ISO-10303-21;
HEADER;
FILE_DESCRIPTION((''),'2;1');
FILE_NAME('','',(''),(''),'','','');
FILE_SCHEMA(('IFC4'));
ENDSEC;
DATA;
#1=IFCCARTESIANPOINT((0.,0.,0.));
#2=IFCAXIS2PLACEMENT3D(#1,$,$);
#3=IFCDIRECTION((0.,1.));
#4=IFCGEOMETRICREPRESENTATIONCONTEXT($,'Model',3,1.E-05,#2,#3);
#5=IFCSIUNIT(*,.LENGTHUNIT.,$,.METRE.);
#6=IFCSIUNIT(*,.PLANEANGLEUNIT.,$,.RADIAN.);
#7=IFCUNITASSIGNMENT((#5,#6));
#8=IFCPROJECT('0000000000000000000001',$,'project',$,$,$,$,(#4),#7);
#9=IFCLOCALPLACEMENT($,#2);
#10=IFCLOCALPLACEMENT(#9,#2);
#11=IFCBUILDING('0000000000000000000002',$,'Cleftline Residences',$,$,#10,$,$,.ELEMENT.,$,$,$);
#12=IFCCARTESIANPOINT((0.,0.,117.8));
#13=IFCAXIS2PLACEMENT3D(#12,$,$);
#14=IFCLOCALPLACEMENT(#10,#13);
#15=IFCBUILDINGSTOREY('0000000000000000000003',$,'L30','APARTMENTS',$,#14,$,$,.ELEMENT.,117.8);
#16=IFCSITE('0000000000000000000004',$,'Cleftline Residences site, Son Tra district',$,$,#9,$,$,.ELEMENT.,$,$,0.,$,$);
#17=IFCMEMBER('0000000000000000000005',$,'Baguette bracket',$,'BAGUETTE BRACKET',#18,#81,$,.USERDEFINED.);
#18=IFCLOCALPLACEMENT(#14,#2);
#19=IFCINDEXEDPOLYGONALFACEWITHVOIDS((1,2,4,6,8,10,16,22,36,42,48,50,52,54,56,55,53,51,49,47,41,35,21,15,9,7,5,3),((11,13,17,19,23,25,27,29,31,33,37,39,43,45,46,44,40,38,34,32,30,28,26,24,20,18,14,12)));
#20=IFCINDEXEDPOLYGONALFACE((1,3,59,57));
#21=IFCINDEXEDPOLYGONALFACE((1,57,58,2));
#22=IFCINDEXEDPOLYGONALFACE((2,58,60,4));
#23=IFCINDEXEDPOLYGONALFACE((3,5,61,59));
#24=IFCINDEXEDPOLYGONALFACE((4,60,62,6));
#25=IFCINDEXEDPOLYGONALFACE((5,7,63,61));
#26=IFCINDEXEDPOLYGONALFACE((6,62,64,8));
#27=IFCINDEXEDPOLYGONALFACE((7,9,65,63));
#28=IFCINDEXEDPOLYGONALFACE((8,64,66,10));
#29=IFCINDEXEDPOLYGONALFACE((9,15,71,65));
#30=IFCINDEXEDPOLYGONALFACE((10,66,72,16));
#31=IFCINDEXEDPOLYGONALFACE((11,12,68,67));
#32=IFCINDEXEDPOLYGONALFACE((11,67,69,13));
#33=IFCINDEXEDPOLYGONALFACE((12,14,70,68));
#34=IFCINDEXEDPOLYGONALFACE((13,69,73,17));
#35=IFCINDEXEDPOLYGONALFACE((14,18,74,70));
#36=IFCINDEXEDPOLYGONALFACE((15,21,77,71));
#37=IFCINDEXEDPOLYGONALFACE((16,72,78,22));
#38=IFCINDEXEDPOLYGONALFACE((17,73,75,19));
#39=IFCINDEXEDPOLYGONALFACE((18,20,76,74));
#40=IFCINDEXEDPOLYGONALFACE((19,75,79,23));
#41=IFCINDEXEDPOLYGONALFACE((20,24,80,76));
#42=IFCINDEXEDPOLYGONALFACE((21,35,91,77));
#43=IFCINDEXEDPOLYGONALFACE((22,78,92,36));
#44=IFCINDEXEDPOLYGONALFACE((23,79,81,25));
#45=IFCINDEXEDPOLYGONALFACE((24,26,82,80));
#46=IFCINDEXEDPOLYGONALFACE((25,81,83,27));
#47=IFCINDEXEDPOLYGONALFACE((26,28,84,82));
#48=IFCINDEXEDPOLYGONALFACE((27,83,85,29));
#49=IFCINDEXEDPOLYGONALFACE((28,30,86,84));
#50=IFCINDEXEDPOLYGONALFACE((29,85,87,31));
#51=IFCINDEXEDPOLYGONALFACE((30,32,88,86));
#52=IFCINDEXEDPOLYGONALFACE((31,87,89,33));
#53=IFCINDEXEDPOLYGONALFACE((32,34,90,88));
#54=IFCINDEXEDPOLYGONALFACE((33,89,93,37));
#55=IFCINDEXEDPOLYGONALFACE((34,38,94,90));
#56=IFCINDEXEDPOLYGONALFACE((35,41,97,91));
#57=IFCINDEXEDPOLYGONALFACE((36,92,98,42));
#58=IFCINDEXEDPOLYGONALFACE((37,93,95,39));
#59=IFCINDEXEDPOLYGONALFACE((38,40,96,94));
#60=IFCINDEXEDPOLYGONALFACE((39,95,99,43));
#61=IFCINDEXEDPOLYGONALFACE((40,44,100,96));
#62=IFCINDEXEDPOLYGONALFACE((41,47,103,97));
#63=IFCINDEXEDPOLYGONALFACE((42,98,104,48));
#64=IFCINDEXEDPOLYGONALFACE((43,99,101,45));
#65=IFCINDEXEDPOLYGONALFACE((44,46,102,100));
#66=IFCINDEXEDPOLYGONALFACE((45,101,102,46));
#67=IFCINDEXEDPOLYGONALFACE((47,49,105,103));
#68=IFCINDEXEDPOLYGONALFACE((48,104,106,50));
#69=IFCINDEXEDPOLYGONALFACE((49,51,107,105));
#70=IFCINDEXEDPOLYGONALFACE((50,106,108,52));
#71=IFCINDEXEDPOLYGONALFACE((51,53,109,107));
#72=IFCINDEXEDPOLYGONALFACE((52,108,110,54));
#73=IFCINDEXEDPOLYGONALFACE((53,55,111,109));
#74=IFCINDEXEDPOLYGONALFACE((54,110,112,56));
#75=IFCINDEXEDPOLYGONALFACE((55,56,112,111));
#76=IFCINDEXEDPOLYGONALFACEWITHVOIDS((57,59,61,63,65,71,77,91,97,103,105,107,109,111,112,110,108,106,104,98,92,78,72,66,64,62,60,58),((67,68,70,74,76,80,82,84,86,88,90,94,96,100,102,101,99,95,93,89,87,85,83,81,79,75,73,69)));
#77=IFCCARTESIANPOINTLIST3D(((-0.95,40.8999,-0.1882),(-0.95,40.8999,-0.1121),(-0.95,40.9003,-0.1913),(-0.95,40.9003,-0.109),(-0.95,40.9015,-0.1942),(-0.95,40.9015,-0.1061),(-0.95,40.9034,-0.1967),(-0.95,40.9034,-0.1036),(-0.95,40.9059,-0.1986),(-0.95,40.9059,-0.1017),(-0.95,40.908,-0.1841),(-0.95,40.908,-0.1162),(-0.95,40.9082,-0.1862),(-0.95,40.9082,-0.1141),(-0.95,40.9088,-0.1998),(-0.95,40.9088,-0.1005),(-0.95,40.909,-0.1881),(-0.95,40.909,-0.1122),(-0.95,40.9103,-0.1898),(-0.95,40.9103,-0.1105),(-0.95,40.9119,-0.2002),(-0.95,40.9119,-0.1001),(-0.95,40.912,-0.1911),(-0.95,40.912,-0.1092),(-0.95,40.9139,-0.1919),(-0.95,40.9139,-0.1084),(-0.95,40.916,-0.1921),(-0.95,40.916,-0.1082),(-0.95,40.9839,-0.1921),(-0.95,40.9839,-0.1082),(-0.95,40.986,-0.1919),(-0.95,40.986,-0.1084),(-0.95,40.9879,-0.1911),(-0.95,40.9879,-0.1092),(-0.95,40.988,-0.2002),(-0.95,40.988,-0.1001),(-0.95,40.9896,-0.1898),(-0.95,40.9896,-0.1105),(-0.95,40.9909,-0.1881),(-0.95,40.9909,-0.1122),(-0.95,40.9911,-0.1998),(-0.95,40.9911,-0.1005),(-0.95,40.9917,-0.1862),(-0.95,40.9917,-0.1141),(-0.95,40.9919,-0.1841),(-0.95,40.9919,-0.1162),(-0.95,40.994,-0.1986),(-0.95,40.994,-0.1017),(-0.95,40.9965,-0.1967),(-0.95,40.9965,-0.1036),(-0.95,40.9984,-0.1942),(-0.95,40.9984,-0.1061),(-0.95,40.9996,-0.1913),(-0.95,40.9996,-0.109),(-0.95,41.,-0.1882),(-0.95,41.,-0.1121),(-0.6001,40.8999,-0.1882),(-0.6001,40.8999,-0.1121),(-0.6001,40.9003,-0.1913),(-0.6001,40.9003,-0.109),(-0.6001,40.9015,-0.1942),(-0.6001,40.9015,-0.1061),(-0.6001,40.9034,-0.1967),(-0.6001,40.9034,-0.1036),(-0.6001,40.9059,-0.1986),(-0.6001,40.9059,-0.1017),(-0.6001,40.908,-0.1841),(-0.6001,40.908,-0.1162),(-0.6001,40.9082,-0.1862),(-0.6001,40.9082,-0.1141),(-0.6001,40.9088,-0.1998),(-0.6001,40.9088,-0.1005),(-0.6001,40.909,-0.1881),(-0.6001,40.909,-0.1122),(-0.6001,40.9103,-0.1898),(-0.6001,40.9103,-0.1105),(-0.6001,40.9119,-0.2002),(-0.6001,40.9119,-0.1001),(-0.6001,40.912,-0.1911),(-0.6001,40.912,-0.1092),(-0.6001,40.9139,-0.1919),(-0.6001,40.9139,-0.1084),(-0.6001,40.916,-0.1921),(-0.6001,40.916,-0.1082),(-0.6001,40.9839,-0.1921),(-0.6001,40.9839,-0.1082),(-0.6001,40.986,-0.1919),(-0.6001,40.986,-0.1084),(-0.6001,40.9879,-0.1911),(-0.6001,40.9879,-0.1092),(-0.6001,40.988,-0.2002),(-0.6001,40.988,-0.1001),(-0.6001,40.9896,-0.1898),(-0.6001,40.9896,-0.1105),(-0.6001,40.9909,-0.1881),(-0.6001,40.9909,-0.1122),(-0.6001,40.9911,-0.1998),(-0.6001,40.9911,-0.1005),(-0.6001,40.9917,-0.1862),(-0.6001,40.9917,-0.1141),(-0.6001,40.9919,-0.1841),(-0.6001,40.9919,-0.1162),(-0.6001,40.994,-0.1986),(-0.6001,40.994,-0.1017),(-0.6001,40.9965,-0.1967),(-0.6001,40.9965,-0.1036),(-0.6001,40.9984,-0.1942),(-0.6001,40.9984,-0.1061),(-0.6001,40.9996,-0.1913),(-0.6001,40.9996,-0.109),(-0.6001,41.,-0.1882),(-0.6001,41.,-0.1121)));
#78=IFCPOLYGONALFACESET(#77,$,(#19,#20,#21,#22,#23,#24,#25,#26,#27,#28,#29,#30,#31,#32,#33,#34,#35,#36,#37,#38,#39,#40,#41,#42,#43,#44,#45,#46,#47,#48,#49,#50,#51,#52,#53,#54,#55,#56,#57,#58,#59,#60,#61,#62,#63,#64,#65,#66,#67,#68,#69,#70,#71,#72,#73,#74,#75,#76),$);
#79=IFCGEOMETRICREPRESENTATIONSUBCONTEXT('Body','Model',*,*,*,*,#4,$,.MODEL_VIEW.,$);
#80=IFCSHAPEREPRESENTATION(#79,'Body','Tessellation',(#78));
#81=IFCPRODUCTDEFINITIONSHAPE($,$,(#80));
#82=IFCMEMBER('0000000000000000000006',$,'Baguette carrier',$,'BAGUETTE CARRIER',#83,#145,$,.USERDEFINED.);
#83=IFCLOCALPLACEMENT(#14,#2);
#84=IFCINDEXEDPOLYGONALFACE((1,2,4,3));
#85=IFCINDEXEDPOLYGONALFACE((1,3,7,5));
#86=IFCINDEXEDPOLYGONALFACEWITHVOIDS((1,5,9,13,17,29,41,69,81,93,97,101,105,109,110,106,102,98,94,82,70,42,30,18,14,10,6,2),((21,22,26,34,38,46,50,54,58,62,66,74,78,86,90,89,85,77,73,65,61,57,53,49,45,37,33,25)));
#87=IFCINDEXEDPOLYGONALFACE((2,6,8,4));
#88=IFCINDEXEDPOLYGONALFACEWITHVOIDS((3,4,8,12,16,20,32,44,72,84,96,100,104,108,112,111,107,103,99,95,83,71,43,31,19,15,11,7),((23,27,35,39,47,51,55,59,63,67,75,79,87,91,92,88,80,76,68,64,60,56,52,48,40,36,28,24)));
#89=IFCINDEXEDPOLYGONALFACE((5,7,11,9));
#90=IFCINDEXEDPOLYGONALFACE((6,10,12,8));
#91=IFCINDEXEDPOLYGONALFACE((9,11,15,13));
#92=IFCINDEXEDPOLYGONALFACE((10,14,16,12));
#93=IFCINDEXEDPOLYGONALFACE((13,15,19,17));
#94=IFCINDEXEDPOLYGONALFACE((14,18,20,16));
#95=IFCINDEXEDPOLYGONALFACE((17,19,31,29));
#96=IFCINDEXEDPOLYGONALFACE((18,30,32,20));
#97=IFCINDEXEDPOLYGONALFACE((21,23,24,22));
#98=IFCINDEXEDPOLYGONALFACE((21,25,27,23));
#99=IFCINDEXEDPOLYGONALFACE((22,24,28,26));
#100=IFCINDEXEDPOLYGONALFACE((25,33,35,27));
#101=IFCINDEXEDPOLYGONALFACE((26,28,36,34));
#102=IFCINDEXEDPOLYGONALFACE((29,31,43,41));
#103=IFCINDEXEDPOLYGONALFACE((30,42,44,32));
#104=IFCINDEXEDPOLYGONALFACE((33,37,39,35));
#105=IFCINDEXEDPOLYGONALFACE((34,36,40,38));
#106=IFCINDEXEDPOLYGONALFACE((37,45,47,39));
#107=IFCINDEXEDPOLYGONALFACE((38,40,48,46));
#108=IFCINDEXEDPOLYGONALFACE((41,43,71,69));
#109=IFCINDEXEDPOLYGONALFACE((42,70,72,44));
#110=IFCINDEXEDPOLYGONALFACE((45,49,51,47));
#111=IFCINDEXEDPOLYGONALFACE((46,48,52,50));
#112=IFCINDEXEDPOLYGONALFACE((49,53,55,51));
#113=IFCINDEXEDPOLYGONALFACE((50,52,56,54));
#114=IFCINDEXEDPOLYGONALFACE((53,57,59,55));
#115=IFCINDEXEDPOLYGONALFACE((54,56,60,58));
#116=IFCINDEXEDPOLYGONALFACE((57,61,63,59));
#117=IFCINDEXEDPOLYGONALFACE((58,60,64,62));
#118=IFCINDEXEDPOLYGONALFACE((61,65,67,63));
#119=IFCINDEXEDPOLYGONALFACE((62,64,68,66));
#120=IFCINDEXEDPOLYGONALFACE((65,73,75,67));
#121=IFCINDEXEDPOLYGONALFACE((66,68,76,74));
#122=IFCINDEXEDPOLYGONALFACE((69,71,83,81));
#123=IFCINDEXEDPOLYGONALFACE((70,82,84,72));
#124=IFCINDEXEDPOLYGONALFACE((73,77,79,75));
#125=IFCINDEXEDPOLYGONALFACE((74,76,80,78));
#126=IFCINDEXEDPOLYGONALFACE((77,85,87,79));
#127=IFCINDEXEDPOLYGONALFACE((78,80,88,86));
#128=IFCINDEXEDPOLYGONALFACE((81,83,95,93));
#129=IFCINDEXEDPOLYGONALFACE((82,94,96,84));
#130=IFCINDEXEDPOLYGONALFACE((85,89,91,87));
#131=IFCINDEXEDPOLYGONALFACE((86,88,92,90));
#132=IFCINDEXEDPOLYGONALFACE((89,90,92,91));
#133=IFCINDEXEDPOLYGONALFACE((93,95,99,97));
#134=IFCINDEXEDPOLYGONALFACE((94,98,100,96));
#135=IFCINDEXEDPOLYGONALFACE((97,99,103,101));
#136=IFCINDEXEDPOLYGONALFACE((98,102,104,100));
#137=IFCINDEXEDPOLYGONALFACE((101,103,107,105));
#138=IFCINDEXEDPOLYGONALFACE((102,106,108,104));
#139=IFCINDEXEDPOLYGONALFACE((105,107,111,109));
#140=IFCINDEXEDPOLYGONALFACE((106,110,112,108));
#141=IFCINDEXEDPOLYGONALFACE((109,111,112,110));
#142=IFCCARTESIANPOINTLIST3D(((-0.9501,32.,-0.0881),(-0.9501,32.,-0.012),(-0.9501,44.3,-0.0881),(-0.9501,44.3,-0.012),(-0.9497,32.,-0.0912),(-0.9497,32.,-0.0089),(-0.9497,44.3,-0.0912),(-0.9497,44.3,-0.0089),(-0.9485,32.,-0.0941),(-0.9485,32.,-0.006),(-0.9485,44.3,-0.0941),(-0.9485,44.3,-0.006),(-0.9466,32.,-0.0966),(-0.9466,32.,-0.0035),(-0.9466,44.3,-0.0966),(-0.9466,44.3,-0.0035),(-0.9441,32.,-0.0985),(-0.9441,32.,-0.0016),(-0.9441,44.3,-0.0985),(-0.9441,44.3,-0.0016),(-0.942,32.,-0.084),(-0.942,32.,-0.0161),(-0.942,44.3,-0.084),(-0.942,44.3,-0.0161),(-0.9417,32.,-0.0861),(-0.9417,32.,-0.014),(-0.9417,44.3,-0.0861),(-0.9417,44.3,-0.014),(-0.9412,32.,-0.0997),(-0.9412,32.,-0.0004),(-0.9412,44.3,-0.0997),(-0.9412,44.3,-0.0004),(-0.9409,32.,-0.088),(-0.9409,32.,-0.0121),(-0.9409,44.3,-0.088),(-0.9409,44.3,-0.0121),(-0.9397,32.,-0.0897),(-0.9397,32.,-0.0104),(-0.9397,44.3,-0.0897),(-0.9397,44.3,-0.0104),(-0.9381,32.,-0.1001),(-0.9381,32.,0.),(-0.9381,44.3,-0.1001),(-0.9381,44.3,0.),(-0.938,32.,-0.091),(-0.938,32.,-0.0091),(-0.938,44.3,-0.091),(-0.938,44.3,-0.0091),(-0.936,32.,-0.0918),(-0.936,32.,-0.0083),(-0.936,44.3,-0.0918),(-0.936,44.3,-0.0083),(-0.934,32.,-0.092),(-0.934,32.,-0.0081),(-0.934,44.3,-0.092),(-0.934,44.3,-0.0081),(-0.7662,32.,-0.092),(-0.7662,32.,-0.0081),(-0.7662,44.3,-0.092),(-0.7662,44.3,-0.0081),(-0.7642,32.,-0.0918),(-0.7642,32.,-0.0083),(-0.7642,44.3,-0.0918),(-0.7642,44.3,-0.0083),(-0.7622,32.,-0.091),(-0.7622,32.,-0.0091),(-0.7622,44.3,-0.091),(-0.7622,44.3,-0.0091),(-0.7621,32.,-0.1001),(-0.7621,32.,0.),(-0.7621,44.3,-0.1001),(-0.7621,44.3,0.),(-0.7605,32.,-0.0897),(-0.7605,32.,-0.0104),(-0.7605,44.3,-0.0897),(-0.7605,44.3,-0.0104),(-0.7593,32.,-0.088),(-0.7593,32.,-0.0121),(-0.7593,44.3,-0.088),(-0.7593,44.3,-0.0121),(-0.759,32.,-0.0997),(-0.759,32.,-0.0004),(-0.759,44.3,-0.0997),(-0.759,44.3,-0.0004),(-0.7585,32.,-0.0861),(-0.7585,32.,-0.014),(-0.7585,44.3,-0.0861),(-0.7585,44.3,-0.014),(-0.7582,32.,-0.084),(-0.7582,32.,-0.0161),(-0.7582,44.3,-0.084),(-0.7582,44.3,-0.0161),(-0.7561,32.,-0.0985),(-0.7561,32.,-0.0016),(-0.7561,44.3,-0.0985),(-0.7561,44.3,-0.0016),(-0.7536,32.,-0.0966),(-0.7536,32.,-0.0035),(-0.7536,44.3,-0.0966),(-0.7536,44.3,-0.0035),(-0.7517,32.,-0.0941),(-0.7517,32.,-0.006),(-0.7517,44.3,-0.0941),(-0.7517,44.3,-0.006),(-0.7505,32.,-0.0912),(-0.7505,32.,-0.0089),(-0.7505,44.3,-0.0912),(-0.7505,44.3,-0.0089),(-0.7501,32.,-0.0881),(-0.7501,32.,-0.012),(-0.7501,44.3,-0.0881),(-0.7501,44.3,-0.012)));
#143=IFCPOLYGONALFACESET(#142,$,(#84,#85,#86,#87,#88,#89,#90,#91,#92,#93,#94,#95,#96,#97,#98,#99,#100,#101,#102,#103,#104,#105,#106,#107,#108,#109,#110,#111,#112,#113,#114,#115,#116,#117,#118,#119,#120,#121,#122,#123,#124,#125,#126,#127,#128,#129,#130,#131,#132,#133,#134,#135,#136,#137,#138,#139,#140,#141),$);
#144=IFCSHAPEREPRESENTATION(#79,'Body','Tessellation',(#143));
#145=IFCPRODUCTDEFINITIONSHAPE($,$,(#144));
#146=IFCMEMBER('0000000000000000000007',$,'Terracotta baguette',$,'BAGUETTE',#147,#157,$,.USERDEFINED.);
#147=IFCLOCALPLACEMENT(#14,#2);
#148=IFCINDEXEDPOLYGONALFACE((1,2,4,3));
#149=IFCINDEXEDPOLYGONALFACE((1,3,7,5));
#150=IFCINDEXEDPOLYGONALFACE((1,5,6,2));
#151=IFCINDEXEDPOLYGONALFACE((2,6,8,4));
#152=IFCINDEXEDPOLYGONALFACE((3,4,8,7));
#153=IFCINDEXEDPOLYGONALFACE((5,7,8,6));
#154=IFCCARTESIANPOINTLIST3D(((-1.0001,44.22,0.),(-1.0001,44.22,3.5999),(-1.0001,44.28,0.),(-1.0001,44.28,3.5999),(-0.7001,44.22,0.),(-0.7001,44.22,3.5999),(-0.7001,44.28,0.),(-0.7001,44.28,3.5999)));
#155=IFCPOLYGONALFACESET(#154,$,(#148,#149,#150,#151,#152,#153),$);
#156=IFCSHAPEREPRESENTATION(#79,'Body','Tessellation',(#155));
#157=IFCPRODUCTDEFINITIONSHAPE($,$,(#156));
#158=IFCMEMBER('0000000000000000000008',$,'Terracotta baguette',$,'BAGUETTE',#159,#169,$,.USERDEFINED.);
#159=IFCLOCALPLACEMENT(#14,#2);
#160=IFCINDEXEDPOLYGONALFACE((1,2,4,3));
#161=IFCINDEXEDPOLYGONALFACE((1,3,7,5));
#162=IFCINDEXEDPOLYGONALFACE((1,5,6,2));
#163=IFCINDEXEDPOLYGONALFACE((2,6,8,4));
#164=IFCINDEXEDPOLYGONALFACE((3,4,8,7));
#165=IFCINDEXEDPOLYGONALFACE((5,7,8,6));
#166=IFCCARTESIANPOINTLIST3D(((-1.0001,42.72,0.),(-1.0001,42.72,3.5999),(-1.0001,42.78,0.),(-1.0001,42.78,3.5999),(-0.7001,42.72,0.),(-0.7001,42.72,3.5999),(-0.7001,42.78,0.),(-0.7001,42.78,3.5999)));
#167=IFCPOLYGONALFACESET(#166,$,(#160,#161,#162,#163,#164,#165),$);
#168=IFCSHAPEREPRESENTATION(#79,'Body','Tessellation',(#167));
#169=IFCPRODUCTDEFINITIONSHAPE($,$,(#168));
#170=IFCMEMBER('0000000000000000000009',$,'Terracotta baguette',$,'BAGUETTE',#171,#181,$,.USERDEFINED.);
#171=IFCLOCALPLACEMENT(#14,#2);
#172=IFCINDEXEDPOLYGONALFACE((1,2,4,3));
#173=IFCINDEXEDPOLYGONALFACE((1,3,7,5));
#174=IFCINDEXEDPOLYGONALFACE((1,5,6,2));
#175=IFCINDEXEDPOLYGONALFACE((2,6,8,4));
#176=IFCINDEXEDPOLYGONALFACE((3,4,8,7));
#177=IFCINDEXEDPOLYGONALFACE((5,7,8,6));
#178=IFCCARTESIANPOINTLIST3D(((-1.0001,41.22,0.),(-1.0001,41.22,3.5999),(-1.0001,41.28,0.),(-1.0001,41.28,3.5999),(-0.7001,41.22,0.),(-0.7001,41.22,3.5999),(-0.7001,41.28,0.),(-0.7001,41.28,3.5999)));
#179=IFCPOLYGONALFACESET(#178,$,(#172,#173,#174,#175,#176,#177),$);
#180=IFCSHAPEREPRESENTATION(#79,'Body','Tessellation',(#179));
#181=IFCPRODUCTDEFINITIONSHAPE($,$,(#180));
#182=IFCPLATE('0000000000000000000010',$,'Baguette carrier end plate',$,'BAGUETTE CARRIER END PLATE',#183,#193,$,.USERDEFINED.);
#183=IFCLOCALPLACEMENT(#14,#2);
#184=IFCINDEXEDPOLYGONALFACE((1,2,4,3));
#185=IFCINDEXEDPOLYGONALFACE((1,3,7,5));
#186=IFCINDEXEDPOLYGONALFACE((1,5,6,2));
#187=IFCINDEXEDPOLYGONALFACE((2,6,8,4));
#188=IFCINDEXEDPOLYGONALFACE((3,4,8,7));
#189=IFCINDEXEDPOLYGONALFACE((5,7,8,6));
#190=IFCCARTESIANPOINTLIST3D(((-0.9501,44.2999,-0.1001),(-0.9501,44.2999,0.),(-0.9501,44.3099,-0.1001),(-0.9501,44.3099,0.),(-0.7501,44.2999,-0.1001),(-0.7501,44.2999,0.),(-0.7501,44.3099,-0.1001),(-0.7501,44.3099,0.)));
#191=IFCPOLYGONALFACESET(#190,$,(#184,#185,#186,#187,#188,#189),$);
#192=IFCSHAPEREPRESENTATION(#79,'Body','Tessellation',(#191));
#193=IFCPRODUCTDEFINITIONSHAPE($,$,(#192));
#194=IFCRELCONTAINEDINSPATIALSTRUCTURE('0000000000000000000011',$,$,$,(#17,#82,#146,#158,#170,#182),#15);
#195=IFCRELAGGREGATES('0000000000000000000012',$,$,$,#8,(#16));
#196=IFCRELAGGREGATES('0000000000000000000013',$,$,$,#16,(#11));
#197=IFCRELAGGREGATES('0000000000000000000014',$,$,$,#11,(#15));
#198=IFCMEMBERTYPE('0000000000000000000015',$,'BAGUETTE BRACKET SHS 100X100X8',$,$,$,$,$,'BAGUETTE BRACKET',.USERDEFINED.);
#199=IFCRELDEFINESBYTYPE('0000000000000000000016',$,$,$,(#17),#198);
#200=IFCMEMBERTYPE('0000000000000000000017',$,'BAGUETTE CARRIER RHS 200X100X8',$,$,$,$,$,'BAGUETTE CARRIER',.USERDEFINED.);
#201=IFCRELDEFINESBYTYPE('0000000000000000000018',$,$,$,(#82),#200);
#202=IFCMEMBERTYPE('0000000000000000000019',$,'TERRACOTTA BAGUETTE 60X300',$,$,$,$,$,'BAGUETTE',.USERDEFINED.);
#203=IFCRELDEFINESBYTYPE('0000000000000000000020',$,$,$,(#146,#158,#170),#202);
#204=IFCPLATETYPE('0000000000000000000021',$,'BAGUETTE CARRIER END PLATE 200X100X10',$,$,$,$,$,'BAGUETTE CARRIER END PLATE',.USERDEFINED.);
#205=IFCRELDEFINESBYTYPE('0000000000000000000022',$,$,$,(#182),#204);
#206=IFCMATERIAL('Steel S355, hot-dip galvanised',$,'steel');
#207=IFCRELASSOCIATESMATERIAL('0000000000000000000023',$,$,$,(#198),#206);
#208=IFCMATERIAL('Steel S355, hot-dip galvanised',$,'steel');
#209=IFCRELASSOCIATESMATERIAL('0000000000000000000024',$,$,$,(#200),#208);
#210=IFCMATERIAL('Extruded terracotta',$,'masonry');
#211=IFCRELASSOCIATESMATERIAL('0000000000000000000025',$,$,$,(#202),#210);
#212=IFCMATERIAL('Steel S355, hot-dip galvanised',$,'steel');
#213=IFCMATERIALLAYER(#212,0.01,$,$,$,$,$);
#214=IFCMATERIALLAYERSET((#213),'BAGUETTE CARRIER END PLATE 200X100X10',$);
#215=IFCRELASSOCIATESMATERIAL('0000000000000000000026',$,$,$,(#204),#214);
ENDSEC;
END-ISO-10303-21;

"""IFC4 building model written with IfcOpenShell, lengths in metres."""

from ifc_helpers import new_model, si_unit, direction, frame, origin, origin_2d, place, context, subcontext, project, spatial, rectangle, hollow_rectangle, extrude, material, layer, layer_set, material_profile, profile_set, type_object, element, save


model = new_model("IFC4")

# Units and contexts
model_context = context("Model", 3, precision=1e-05, world=origin(), true_north=direction((0.0, 1.0)))
body_context = subcontext(model_context, "Body", "Model", "MODEL_VIEW")
ifc_project = project(units=[si_unit("LENGTHUNIT", "METRE"), si_unit("PLANEANGLEUNIT", "RADIAN")], contexts=[model_context])

# Site, building, storey
site_placement = place(None, origin())
site = spatial("IfcSite", under=ifc_project, at=site_placement, Name="Cleftline Residences site, Son Tra district", CompositionType="ELEMENT", RefElevation=0.0)
building_placement = place(site_placement, origin())
building = spatial("IfcBuilding", under=site, at=building_placement, Name="Cleftline Residences", CompositionType="ELEMENT")
storey_placement = place(building_placement, frame((0.0, 0.0, 117.8)))
storey = spatial("IfcBuildingStorey", under=building, at=storey_placement, Name="L30", Description="APARTMENTS", CompositionType="ELEMENT", Elevation=117.8)

# Members
ifc_material_1 = material(Name="Steel S355, hot-dip galvanised", Category="steel")
ifc_material_profile_1 = material_profile(ifc_material_1, hollow_rectangle(XDim=0.1001, YDim=0.1001, WallThickness=0.0081, InnerFilletRadius=0.0081, OuterFilletRadius=0.012, at=origin_2d()))
ifc_profile_set_1 = profile_set([ifc_material_profile_1], Name="Steel S355, hot-dip galvanised")
member_type_1 = type_object("IfcMemberType", Name="BAGUETTE BRACKET SHS 100X100X8", ElementType="BAGUETTE BRACKET", PredefinedType="USERDEFINED", material=ifc_profile_set_1)
member_1_placement = place(storey_placement, frame((-0.6001, 40.95, -0.1501), z_axis=(-1.0, 0.0, 0.0), x_axis=(0.0, -1.0, 0.0)))
element("IfcMember", 1, at=member_1_placement, inside=storey, type_object=member_type_1, Name="Baguette bracket", ObjectType="BAGUETTE BRACKET", PredefinedType="USERDEFINED", context=body_context, shape_type="SweptSolid", body=[
    extrude(hollow_rectangle(XDim=0.1001, YDim=0.1001, WallThickness=0.0081, InnerFilletRadius=0.0081, OuterFilletRadius=0.012, at=origin_2d()), origin(), (0.0, 0.0, 1.0), 0.3499),
])
ifc_material_2 = material(Name="Steel S355, hot-dip galvanised", Category="steel")
ifc_material_profile_2 = material_profile(ifc_material_2, hollow_rectangle(XDim=0.1001, YDim=0.2, WallThickness=0.0081, InnerFilletRadius=0.0081, OuterFilletRadius=0.012, at=origin_2d()))
ifc_profile_set_2 = profile_set([ifc_material_profile_2], Name="Steel S355, hot-dip galvanised")
member_type_2 = type_object("IfcMemberType", Name="BAGUETTE CARRIER RHS 200X100X8", ElementType="BAGUETTE CARRIER", PredefinedType="USERDEFINED", material=ifc_profile_set_2)
member_2_placement = place(storey_placement, frame((-0.8501, 44.3, -0.05), z_axis=(0.0, -1.0, 0.0), x_axis=(0.0, 0.0, 1.0)))
element("IfcMember", 2, at=member_2_placement, inside=storey, type_object=member_type_2, Name="Baguette carrier", ObjectType="BAGUETTE CARRIER", PredefinedType="USERDEFINED", context=body_context, shape_type="SweptSolid", body=[
    extrude(hollow_rectangle(XDim=0.1001, YDim=0.2, WallThickness=0.0081, InnerFilletRadius=0.0081, OuterFilletRadius=0.012, at=origin_2d()), origin(), (0.0, 0.0, 1.0), 12.3),
])
ifc_material_3 = material(Name="Extruded terracotta", Category="masonry")
ifc_material_profile_3 = material_profile(ifc_material_3, rectangle(XDim=0.0601, YDim=0.3, at=origin_2d()))
ifc_profile_set_3 = profile_set([ifc_material_profile_3], Name="Extruded terracotta")
member_type_3 = type_object("IfcMemberType", Name="TERRACOTTA BAGUETTE 60X300", ElementType="BAGUETTE", PredefinedType="USERDEFINED", material=ifc_profile_set_3)
for number, where, z_axis, x_axis, name in (
    (3, (-0.8501, 44.25, 0.0), (0.0, 0.0, 1.0), (0.0, 1.0, 0.0), "Terracotta baguette"),
    (4, (-0.8501, 42.75, 0.0), (0.0, 0.0, 1.0), (0.0, 1.0, 0.0), "Terracotta baguette"),
    (5, (-0.8501, 41.25, 0.0), (0.0, 0.0, 1.0), (0.0, 1.0, 0.0), "Terracotta baguette"),
):
    element("IfcMember", number, at=place(storey_placement, frame(where, z_axis=z_axis, x_axis=x_axis)), inside=storey, type_object=member_type_3, Name=name, ObjectType="BAGUETTE", PredefinedType="USERDEFINED", context=body_context, shape_type="SweptSolid", body=[
        extrude(rectangle(XDim=0.0601, YDim=0.3, at=origin_2d()), origin(), (0.0, 0.0, 1.0), 3.5999),
    ])

# Plate
ifc_material_4 = material(Name="Steel S355, hot-dip galvanised", Category="steel")
ifc_layer_1 = layer(ifc_material_4, 0.01)
ifc_layer_set_1 = layer_set([ifc_layer_1], Name="BAGUETTE CARRIER END PLATE 200X100X10")
plate_type = type_object("IfcPlateType", Name="BAGUETTE CARRIER END PLATE 200X100X10", ElementType="BAGUETTE CARRIER END PLATE", PredefinedType="USERDEFINED", material=ifc_layer_set_1)
plate_placement = place(storey_placement, frame((-0.8501, 44.3049, -0.1001), z_axis=(0.0, 0.0, 1.0), x_axis=(-1.0, 0.0, 0.0)))
element("IfcPlate", 6, at=plate_placement, inside=storey, type_object=plate_type, Name="Baguette carrier end plate", ObjectType="BAGUETTE CARRIER END PLATE", PredefinedType="USERDEFINED", context=body_context, shape_type="SweptSolid", body=[
    extrude(rectangle(XDim=0.2, YDim=0.01, at=origin_2d()), origin(), (0.0, 0.0, 1.0), 0.1001),
])

save(model, "model.ifc")
